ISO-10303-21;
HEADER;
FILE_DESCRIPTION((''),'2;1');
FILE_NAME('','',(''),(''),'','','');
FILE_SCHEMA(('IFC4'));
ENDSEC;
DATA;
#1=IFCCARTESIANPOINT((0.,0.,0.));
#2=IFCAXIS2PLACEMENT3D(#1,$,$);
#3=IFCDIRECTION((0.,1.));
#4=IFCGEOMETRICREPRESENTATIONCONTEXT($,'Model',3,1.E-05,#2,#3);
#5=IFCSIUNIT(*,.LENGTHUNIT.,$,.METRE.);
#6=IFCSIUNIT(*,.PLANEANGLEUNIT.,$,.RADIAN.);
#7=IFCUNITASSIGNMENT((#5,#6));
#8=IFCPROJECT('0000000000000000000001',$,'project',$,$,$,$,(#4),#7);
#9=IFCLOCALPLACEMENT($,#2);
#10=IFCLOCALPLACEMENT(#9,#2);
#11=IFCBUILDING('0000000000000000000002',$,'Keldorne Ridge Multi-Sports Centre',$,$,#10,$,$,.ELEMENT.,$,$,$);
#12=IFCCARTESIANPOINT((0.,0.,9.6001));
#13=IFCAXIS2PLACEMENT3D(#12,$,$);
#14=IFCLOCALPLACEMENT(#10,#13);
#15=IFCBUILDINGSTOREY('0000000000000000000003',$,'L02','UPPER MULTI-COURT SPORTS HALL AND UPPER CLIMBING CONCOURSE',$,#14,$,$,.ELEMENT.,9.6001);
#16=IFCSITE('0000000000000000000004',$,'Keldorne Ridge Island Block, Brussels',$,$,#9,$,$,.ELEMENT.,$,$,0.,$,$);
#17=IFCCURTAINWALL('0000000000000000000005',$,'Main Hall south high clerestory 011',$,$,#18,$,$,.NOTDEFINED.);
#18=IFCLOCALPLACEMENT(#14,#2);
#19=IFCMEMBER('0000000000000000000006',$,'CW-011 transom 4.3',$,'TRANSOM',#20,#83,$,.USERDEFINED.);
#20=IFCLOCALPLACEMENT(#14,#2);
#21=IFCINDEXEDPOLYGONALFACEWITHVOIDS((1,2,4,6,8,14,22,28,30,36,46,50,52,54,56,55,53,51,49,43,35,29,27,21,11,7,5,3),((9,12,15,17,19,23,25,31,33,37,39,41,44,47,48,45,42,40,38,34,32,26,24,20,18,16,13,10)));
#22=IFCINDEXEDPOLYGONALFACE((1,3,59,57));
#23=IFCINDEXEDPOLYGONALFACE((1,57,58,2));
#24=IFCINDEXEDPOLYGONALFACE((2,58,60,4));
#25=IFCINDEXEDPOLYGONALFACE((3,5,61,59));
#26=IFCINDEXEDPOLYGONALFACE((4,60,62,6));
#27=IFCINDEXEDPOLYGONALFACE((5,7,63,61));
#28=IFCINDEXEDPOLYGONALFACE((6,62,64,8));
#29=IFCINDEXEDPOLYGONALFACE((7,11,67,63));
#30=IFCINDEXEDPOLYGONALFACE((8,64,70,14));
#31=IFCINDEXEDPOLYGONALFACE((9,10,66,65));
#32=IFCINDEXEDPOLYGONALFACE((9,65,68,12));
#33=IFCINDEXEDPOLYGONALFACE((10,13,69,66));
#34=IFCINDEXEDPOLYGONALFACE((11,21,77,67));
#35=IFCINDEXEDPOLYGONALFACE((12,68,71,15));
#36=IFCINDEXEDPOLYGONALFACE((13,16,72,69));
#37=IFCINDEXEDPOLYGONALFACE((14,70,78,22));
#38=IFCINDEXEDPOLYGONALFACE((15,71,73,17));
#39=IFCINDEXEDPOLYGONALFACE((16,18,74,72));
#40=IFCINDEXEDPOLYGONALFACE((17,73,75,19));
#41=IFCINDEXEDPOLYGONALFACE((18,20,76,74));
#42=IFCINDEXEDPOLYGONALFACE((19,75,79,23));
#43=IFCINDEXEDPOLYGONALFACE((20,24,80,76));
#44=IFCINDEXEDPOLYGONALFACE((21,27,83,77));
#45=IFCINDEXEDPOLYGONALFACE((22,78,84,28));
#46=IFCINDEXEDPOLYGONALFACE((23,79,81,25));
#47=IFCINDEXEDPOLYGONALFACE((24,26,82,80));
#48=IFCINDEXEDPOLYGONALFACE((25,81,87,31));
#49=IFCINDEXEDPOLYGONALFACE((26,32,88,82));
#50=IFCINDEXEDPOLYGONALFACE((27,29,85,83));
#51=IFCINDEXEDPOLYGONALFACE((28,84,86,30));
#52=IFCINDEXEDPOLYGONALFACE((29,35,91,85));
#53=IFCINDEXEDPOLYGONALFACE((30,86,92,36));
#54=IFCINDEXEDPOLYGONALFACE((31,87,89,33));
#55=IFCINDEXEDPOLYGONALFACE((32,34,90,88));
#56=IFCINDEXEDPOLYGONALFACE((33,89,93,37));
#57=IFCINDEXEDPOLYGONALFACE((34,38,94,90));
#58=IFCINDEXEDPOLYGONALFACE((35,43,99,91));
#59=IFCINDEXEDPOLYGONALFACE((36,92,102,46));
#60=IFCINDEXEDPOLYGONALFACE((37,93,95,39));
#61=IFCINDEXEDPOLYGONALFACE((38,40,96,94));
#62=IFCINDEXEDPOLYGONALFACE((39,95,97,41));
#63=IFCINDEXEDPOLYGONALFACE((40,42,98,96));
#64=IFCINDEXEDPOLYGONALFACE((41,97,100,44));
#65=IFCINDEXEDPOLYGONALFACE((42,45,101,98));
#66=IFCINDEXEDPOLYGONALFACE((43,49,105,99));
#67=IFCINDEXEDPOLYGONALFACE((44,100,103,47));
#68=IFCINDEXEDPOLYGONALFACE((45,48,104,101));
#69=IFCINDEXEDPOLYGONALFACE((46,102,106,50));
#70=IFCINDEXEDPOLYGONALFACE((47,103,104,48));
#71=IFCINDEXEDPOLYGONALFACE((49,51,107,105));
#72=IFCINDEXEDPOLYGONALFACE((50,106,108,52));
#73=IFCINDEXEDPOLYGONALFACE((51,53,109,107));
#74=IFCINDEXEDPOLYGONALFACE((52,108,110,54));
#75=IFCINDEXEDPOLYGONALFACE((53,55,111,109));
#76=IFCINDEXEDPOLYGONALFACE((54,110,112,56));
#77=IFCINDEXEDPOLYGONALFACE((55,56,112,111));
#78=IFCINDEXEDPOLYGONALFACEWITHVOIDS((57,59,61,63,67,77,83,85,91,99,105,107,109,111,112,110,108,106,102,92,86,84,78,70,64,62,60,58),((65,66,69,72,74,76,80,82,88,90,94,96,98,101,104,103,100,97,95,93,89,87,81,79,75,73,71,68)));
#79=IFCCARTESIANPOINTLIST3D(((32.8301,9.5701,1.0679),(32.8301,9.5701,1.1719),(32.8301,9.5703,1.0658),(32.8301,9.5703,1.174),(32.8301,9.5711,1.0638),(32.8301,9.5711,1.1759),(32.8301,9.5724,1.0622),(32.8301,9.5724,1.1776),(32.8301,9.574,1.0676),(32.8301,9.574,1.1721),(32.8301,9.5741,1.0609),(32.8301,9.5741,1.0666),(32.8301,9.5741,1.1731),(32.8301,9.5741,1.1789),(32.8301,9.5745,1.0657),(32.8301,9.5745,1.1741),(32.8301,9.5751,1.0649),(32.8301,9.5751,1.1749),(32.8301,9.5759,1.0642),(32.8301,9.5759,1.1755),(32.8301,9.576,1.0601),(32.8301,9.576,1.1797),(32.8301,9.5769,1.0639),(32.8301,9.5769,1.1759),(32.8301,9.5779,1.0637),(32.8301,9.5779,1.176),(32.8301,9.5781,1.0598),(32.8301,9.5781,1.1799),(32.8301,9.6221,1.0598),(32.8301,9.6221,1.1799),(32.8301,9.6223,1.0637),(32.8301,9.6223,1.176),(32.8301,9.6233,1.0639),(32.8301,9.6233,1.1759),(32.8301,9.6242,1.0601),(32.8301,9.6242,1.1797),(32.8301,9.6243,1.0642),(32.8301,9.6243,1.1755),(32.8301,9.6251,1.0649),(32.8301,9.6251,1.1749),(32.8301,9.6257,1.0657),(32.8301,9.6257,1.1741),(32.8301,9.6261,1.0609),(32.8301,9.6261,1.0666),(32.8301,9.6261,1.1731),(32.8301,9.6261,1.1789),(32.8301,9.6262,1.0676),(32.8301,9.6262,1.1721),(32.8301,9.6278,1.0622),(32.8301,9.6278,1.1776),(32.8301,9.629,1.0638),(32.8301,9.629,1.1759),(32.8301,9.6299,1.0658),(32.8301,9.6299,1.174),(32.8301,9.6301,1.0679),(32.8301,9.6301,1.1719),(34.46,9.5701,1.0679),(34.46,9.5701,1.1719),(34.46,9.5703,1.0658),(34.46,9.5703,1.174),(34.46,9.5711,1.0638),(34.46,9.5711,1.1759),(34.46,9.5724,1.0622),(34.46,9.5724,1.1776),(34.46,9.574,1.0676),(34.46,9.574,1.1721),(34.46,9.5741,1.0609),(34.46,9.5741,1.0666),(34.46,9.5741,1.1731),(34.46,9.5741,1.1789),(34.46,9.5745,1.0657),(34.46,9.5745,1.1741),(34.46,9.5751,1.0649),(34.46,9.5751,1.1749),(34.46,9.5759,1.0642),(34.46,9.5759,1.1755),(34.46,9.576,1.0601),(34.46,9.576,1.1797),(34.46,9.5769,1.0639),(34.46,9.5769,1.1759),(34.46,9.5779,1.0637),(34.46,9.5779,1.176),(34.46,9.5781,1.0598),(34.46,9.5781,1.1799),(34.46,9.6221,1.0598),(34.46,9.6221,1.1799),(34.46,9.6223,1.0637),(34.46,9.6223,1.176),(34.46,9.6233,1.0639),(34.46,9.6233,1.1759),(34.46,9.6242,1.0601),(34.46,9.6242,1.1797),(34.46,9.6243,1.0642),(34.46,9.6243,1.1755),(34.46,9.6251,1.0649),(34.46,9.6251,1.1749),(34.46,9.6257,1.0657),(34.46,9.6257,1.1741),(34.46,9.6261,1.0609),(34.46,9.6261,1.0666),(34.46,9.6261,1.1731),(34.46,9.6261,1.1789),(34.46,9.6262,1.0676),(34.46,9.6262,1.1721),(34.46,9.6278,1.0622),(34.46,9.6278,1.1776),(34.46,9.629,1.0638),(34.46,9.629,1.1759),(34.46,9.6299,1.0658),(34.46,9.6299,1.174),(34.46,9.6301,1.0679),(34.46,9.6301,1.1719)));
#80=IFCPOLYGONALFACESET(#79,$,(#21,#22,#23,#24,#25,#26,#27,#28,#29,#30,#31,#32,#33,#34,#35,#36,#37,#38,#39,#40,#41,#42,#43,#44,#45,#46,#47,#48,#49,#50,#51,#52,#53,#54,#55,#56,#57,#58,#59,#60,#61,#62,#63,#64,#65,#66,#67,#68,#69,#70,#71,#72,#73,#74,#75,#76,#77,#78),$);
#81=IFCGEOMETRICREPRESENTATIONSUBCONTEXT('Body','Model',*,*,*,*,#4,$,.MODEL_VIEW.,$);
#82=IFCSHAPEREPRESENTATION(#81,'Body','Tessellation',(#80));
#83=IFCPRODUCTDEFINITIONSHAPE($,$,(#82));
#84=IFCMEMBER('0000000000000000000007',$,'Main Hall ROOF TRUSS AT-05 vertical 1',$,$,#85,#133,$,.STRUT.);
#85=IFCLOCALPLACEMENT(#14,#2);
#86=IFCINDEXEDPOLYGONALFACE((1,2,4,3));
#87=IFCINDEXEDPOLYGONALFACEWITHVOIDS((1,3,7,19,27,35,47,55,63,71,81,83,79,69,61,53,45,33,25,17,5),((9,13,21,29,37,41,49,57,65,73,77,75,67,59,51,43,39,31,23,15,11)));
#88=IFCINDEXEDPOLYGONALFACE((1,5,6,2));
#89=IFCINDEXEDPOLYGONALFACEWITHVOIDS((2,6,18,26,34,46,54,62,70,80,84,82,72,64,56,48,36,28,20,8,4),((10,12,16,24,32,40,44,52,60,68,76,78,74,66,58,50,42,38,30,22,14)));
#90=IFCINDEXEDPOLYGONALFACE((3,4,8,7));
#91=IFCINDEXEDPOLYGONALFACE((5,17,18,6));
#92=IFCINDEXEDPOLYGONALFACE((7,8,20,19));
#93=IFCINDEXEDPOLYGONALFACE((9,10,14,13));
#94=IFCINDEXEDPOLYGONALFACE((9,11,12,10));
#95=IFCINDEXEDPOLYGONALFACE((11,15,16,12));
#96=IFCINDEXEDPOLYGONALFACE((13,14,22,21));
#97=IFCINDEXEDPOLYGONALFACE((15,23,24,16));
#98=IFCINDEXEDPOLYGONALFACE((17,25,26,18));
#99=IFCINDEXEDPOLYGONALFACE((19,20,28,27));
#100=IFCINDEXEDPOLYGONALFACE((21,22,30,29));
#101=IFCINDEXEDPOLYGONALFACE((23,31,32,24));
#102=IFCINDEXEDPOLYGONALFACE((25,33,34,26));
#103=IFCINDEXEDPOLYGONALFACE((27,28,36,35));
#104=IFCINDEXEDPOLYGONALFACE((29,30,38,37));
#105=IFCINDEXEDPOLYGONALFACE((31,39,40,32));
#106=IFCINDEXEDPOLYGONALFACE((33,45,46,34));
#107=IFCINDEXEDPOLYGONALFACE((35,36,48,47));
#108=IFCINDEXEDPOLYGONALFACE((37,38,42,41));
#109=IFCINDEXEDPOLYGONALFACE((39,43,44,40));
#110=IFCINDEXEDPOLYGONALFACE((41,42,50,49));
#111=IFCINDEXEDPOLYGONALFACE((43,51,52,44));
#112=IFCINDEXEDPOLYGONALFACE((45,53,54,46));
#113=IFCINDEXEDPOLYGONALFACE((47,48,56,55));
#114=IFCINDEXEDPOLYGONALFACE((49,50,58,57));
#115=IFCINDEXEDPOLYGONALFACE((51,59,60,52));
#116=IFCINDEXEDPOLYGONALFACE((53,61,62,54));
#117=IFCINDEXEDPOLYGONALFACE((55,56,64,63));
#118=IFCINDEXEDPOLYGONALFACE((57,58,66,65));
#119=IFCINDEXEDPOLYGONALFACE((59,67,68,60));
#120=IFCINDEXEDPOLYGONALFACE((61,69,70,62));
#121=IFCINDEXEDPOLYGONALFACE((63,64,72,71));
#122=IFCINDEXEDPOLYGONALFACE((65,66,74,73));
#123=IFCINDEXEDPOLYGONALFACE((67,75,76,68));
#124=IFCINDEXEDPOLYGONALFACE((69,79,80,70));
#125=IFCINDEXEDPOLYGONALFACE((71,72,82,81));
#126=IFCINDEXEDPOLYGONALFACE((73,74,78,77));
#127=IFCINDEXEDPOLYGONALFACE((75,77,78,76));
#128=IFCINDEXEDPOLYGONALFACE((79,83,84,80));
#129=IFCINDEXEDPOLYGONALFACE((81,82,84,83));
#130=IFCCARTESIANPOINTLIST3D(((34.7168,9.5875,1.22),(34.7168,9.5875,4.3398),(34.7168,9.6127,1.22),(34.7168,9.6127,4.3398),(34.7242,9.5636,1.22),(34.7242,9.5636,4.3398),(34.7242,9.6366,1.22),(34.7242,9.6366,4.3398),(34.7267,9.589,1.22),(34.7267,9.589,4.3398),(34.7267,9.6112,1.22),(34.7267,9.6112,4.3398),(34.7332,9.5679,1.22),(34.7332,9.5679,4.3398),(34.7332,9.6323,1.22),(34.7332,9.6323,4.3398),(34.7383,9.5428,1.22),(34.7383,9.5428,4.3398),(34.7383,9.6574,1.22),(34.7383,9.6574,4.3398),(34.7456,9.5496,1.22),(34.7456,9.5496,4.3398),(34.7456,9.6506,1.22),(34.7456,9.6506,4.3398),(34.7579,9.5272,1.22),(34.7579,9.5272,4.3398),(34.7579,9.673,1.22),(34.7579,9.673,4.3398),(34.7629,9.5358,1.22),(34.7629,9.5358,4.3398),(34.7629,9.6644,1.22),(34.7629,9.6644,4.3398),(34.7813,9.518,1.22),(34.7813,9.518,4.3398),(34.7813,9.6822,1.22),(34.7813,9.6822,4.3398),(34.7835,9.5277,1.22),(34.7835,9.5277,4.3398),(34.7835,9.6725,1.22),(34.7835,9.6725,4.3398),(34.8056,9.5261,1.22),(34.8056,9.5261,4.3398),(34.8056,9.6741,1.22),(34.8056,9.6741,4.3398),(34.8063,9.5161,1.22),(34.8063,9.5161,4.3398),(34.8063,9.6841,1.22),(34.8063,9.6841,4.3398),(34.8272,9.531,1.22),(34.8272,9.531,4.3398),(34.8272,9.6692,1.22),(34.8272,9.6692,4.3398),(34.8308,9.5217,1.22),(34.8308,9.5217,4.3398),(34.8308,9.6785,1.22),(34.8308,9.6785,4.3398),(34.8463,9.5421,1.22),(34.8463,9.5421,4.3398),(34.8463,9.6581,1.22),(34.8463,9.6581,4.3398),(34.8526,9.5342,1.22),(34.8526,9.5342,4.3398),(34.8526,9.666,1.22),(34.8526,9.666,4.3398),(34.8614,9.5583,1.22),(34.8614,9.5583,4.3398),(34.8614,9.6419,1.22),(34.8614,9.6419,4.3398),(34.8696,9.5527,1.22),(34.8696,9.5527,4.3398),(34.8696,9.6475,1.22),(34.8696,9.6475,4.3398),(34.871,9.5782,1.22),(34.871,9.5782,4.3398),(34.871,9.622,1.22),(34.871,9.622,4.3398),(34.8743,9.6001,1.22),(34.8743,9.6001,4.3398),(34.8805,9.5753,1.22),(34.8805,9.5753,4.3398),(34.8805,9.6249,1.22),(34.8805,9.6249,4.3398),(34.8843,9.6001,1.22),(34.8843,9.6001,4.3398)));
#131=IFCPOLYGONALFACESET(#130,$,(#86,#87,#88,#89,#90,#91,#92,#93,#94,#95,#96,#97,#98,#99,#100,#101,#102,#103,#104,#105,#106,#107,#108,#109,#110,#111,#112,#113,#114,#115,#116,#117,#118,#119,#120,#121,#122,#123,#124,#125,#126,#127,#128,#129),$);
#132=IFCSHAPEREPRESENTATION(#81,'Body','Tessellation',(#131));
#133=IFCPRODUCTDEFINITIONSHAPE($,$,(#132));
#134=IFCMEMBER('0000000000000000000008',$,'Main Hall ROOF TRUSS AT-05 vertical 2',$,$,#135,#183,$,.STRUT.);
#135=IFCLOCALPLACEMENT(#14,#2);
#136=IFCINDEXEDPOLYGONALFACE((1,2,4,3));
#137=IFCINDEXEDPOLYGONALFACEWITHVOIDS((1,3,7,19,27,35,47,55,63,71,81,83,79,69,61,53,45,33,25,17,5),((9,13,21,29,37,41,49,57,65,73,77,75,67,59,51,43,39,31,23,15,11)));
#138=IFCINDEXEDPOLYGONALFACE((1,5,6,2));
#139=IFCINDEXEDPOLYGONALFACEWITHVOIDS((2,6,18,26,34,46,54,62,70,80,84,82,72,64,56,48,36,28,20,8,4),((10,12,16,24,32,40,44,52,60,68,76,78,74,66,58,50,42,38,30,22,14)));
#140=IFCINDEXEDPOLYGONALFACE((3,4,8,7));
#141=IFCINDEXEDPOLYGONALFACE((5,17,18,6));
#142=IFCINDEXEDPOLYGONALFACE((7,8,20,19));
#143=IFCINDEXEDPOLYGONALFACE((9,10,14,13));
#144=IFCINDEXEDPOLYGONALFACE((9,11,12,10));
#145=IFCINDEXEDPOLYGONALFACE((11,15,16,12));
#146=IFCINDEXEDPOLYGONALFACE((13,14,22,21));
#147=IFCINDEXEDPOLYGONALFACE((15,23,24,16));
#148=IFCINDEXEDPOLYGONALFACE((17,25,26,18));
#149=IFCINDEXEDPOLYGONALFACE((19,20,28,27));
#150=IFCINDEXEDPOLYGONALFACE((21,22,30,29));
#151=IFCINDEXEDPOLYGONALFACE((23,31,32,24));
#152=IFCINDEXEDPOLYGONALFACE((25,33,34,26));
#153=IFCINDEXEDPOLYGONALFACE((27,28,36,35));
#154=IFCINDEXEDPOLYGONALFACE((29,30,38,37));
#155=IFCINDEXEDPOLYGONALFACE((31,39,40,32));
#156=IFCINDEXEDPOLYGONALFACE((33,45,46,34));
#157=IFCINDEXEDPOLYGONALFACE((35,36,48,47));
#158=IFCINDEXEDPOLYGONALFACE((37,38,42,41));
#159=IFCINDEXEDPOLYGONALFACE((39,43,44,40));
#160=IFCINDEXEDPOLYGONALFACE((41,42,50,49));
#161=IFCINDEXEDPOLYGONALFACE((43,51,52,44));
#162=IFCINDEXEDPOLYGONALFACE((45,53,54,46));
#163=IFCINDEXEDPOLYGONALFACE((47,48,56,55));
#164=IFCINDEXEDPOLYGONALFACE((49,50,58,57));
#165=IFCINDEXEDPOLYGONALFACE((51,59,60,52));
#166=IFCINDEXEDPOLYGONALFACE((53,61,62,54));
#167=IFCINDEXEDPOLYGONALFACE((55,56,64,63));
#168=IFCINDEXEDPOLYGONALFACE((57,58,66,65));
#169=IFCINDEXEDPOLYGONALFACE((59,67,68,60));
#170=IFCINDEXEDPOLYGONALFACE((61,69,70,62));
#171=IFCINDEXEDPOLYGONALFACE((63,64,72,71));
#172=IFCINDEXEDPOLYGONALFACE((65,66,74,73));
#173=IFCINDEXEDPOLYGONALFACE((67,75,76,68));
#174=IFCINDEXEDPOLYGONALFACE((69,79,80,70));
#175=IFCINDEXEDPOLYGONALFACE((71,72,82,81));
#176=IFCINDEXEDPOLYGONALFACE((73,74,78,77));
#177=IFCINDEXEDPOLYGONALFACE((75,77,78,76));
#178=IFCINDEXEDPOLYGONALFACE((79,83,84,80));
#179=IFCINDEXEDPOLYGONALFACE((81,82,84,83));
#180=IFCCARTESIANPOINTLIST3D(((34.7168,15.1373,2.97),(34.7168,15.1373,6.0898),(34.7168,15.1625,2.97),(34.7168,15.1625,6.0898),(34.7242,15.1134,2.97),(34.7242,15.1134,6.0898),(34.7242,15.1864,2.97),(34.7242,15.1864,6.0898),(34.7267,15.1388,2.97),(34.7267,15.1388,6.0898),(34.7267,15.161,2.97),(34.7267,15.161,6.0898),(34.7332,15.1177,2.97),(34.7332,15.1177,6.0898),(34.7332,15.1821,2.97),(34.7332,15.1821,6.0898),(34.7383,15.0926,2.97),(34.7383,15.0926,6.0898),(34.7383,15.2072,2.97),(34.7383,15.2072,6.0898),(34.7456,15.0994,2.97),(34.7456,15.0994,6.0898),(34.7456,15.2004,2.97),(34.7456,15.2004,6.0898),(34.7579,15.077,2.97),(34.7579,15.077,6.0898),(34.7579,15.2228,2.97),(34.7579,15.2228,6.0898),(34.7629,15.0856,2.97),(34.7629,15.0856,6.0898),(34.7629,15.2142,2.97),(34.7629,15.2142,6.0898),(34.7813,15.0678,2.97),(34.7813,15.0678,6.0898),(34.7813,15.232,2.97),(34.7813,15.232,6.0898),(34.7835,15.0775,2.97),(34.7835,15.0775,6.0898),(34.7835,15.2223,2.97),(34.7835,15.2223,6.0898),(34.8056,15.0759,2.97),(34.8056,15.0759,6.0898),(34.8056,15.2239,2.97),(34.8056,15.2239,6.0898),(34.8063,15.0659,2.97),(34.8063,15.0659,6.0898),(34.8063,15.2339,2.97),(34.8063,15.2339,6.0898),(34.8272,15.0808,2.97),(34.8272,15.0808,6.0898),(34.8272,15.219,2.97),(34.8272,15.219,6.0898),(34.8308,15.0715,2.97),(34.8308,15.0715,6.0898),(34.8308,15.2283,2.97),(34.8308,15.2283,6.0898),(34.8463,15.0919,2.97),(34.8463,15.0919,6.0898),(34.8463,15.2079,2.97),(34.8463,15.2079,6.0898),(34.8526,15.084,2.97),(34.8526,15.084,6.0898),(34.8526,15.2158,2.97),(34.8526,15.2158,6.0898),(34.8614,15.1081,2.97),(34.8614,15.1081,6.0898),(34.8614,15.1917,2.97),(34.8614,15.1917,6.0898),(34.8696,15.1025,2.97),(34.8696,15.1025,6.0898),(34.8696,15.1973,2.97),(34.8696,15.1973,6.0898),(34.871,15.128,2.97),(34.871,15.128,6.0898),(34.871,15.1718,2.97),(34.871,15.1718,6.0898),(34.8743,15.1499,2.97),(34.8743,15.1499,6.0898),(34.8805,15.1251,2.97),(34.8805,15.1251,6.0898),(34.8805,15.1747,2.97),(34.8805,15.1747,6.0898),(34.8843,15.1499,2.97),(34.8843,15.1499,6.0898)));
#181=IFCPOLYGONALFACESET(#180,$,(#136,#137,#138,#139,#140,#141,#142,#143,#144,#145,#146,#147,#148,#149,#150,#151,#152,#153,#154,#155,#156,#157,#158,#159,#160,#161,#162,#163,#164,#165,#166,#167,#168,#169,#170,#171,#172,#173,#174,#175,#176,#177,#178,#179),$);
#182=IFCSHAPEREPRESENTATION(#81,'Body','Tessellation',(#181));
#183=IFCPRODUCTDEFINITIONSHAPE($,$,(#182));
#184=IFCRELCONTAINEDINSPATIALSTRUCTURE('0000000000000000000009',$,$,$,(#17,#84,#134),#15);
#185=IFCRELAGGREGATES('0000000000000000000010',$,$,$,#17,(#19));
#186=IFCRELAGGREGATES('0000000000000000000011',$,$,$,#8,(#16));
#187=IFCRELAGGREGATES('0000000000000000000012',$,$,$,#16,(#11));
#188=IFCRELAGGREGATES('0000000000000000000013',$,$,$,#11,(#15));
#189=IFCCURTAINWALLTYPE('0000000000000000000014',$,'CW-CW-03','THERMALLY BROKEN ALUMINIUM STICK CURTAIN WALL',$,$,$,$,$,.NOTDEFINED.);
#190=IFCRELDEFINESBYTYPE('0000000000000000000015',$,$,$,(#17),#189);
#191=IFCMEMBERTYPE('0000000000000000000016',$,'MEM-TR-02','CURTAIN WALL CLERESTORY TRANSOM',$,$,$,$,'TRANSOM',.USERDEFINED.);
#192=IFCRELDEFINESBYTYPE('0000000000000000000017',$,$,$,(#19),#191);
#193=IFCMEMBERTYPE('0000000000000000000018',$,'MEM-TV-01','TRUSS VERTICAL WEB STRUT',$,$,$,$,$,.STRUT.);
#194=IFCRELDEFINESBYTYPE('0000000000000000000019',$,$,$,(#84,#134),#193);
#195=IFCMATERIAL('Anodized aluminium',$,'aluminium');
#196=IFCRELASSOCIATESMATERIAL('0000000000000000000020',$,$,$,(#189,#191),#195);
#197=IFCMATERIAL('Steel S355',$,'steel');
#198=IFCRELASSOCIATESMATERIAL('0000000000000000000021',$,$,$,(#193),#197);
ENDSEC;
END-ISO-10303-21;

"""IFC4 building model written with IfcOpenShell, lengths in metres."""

from ifc_helpers import new_model, si_unit, direction, frame, origin, origin_2d, place, context, subcontext, project, spatial, hollow_rectangle, hollow_circle, extrude, material, material_profile, profile_set, type_object, element, aggregate, save


model = new_model("IFC4")

# Units and contexts
model_context = context("Model", 3, precision=1e-05, world=origin(), true_north=direction((0.0, 1.0)))
body_context = subcontext(model_context, "Body", "Model", "MODEL_VIEW")
ifc_project = project(units=[si_unit("LENGTHUNIT", "METRE"), si_unit("PLANEANGLEUNIT", "RADIAN")], contexts=[model_context])

# Site, building, storey
site_placement = place(None, origin())
site = spatial("IfcSite", under=ifc_project, at=site_placement, Name="Keldorne Ridge Island Block, Brussels", CompositionType="ELEMENT", RefElevation=0.0)
building_placement = place(site_placement, origin())
building = spatial("IfcBuilding", under=site, at=building_placement, Name="Keldorne Ridge Multi-Sports Centre", CompositionType="ELEMENT")
storey_placement = place(building_placement, frame((0.0, 0.0, 9.6001)))
storey = spatial("IfcBuildingStorey", under=building, at=storey_placement, Name="L02", Description="UPPER MULTI-COURT SPORTS HALL AND UPPER CLIMBING CONCOURSE", CompositionType="ELEMENT", Elevation=9.6001)

# Shared definitions
ifc_material_1 = material(Name="Steel S355", Category="steel")

# Curtain wall
ifc_material_2 = material(Name="Anodized aluminium", Category="aluminium")
curtain_wall_type = type_object("IfcCurtainWallType", Name="CW-CW-03", Description="THERMALLY BROKEN ALUMINIUM STICK CURTAIN WALL", PredefinedType="NOTDEFINED", material=ifc_material_2)
curtain_wall_placement = place(storey_placement, origin())
curtain_wall = element("IfcCurtainWall", 1, at=curtain_wall_placement, inside=storey, type_object=curtain_wall_type, Name="Main Hall south high clerestory 011", PredefinedType="NOTDEFINED")

# Member
ifc_material_profile_1 = material_profile(ifc_material_2, hollow_rectangle(XDim=0.0601, YDim=0.1201, WallThickness=0.0039, InnerFilletRadius=0.0039, OuterFilletRadius=0.0081, at=origin_2d()), Name="ALU TRANSOM 120x60x4")
ifc_profile_set_1 = profile_set([ifc_material_profile_1], Name="Anodized aluminium")
member_type_1 = type_object("IfcMemberType", Name="MEM-TR-02", Description="CURTAIN WALL CLERESTORY TRANSOM", ElementType="TRANSOM", PredefinedType="USERDEFINED", material=ifc_profile_set_1)
member_1_placement = place(storey_placement, frame((32.8301, 9.6001, 1.1199), z_axis=(1.0, 0.0, 0.0), x_axis=(0.0, 1.0, 0.0)))
member_1 = element("IfcMember", 2, at=member_1_placement, type_object=member_type_1, Name="CW-011 transom 4.3", ObjectType="TRANSOM", PredefinedType="USERDEFINED", context=body_context, shape_type="SweptSolid", body=[
    extrude(hollow_rectangle(XDim=0.0601, YDim=0.1201, WallThickness=0.0039, InnerFilletRadius=0.0039, OuterFilletRadius=0.0081, at=origin_2d()), origin(), (0.0, 0.0, 1.0), 1.6299),
])

# Members
ifc_material_profile_2 = material_profile(ifc_material_1, hollow_circle(Radius=0.0842, WallThickness=0.01, at=origin_2d()), Name="CHS 168.3x10")
ifc_profile_set_2 = profile_set([ifc_material_profile_2], Name="Steel S355")
member_type_2 = type_object("IfcMemberType", Name="MEM-TV-01", Description="TRUSS VERTICAL WEB STRUT", PredefinedType="STRUT", material=ifc_profile_set_2)
for number, where, z_axis, x_axis, name in (
    (3, (34.8, 9.6001, 1.22), (0.0, 0.0, 1.0), (1.0, 0.0, 0.0), "Main Hall ROOF TRUSS AT-05 vertical 1"),
    (4, (34.8, 15.1499, 2.97), (0.0, 0.0, 1.0), (1.0, 0.0, 0.0), "Main Hall ROOF TRUSS AT-05 vertical 2"),
):
    element("IfcMember", number, at=place(storey_placement, frame(where, z_axis=z_axis, x_axis=x_axis)), inside=storey, type_object=member_type_2, Name=name, PredefinedType="STRUT", context=body_context, shape_type="SweptSolid", body=[
        extrude(hollow_circle(Radius=0.0842, WallThickness=0.01, at=origin_2d()), origin(), (0.0, 0.0, 1.0), 3.1199),
    ])

aggregate(curtain_wall, [member_1])

save(model, "model.ifc")
